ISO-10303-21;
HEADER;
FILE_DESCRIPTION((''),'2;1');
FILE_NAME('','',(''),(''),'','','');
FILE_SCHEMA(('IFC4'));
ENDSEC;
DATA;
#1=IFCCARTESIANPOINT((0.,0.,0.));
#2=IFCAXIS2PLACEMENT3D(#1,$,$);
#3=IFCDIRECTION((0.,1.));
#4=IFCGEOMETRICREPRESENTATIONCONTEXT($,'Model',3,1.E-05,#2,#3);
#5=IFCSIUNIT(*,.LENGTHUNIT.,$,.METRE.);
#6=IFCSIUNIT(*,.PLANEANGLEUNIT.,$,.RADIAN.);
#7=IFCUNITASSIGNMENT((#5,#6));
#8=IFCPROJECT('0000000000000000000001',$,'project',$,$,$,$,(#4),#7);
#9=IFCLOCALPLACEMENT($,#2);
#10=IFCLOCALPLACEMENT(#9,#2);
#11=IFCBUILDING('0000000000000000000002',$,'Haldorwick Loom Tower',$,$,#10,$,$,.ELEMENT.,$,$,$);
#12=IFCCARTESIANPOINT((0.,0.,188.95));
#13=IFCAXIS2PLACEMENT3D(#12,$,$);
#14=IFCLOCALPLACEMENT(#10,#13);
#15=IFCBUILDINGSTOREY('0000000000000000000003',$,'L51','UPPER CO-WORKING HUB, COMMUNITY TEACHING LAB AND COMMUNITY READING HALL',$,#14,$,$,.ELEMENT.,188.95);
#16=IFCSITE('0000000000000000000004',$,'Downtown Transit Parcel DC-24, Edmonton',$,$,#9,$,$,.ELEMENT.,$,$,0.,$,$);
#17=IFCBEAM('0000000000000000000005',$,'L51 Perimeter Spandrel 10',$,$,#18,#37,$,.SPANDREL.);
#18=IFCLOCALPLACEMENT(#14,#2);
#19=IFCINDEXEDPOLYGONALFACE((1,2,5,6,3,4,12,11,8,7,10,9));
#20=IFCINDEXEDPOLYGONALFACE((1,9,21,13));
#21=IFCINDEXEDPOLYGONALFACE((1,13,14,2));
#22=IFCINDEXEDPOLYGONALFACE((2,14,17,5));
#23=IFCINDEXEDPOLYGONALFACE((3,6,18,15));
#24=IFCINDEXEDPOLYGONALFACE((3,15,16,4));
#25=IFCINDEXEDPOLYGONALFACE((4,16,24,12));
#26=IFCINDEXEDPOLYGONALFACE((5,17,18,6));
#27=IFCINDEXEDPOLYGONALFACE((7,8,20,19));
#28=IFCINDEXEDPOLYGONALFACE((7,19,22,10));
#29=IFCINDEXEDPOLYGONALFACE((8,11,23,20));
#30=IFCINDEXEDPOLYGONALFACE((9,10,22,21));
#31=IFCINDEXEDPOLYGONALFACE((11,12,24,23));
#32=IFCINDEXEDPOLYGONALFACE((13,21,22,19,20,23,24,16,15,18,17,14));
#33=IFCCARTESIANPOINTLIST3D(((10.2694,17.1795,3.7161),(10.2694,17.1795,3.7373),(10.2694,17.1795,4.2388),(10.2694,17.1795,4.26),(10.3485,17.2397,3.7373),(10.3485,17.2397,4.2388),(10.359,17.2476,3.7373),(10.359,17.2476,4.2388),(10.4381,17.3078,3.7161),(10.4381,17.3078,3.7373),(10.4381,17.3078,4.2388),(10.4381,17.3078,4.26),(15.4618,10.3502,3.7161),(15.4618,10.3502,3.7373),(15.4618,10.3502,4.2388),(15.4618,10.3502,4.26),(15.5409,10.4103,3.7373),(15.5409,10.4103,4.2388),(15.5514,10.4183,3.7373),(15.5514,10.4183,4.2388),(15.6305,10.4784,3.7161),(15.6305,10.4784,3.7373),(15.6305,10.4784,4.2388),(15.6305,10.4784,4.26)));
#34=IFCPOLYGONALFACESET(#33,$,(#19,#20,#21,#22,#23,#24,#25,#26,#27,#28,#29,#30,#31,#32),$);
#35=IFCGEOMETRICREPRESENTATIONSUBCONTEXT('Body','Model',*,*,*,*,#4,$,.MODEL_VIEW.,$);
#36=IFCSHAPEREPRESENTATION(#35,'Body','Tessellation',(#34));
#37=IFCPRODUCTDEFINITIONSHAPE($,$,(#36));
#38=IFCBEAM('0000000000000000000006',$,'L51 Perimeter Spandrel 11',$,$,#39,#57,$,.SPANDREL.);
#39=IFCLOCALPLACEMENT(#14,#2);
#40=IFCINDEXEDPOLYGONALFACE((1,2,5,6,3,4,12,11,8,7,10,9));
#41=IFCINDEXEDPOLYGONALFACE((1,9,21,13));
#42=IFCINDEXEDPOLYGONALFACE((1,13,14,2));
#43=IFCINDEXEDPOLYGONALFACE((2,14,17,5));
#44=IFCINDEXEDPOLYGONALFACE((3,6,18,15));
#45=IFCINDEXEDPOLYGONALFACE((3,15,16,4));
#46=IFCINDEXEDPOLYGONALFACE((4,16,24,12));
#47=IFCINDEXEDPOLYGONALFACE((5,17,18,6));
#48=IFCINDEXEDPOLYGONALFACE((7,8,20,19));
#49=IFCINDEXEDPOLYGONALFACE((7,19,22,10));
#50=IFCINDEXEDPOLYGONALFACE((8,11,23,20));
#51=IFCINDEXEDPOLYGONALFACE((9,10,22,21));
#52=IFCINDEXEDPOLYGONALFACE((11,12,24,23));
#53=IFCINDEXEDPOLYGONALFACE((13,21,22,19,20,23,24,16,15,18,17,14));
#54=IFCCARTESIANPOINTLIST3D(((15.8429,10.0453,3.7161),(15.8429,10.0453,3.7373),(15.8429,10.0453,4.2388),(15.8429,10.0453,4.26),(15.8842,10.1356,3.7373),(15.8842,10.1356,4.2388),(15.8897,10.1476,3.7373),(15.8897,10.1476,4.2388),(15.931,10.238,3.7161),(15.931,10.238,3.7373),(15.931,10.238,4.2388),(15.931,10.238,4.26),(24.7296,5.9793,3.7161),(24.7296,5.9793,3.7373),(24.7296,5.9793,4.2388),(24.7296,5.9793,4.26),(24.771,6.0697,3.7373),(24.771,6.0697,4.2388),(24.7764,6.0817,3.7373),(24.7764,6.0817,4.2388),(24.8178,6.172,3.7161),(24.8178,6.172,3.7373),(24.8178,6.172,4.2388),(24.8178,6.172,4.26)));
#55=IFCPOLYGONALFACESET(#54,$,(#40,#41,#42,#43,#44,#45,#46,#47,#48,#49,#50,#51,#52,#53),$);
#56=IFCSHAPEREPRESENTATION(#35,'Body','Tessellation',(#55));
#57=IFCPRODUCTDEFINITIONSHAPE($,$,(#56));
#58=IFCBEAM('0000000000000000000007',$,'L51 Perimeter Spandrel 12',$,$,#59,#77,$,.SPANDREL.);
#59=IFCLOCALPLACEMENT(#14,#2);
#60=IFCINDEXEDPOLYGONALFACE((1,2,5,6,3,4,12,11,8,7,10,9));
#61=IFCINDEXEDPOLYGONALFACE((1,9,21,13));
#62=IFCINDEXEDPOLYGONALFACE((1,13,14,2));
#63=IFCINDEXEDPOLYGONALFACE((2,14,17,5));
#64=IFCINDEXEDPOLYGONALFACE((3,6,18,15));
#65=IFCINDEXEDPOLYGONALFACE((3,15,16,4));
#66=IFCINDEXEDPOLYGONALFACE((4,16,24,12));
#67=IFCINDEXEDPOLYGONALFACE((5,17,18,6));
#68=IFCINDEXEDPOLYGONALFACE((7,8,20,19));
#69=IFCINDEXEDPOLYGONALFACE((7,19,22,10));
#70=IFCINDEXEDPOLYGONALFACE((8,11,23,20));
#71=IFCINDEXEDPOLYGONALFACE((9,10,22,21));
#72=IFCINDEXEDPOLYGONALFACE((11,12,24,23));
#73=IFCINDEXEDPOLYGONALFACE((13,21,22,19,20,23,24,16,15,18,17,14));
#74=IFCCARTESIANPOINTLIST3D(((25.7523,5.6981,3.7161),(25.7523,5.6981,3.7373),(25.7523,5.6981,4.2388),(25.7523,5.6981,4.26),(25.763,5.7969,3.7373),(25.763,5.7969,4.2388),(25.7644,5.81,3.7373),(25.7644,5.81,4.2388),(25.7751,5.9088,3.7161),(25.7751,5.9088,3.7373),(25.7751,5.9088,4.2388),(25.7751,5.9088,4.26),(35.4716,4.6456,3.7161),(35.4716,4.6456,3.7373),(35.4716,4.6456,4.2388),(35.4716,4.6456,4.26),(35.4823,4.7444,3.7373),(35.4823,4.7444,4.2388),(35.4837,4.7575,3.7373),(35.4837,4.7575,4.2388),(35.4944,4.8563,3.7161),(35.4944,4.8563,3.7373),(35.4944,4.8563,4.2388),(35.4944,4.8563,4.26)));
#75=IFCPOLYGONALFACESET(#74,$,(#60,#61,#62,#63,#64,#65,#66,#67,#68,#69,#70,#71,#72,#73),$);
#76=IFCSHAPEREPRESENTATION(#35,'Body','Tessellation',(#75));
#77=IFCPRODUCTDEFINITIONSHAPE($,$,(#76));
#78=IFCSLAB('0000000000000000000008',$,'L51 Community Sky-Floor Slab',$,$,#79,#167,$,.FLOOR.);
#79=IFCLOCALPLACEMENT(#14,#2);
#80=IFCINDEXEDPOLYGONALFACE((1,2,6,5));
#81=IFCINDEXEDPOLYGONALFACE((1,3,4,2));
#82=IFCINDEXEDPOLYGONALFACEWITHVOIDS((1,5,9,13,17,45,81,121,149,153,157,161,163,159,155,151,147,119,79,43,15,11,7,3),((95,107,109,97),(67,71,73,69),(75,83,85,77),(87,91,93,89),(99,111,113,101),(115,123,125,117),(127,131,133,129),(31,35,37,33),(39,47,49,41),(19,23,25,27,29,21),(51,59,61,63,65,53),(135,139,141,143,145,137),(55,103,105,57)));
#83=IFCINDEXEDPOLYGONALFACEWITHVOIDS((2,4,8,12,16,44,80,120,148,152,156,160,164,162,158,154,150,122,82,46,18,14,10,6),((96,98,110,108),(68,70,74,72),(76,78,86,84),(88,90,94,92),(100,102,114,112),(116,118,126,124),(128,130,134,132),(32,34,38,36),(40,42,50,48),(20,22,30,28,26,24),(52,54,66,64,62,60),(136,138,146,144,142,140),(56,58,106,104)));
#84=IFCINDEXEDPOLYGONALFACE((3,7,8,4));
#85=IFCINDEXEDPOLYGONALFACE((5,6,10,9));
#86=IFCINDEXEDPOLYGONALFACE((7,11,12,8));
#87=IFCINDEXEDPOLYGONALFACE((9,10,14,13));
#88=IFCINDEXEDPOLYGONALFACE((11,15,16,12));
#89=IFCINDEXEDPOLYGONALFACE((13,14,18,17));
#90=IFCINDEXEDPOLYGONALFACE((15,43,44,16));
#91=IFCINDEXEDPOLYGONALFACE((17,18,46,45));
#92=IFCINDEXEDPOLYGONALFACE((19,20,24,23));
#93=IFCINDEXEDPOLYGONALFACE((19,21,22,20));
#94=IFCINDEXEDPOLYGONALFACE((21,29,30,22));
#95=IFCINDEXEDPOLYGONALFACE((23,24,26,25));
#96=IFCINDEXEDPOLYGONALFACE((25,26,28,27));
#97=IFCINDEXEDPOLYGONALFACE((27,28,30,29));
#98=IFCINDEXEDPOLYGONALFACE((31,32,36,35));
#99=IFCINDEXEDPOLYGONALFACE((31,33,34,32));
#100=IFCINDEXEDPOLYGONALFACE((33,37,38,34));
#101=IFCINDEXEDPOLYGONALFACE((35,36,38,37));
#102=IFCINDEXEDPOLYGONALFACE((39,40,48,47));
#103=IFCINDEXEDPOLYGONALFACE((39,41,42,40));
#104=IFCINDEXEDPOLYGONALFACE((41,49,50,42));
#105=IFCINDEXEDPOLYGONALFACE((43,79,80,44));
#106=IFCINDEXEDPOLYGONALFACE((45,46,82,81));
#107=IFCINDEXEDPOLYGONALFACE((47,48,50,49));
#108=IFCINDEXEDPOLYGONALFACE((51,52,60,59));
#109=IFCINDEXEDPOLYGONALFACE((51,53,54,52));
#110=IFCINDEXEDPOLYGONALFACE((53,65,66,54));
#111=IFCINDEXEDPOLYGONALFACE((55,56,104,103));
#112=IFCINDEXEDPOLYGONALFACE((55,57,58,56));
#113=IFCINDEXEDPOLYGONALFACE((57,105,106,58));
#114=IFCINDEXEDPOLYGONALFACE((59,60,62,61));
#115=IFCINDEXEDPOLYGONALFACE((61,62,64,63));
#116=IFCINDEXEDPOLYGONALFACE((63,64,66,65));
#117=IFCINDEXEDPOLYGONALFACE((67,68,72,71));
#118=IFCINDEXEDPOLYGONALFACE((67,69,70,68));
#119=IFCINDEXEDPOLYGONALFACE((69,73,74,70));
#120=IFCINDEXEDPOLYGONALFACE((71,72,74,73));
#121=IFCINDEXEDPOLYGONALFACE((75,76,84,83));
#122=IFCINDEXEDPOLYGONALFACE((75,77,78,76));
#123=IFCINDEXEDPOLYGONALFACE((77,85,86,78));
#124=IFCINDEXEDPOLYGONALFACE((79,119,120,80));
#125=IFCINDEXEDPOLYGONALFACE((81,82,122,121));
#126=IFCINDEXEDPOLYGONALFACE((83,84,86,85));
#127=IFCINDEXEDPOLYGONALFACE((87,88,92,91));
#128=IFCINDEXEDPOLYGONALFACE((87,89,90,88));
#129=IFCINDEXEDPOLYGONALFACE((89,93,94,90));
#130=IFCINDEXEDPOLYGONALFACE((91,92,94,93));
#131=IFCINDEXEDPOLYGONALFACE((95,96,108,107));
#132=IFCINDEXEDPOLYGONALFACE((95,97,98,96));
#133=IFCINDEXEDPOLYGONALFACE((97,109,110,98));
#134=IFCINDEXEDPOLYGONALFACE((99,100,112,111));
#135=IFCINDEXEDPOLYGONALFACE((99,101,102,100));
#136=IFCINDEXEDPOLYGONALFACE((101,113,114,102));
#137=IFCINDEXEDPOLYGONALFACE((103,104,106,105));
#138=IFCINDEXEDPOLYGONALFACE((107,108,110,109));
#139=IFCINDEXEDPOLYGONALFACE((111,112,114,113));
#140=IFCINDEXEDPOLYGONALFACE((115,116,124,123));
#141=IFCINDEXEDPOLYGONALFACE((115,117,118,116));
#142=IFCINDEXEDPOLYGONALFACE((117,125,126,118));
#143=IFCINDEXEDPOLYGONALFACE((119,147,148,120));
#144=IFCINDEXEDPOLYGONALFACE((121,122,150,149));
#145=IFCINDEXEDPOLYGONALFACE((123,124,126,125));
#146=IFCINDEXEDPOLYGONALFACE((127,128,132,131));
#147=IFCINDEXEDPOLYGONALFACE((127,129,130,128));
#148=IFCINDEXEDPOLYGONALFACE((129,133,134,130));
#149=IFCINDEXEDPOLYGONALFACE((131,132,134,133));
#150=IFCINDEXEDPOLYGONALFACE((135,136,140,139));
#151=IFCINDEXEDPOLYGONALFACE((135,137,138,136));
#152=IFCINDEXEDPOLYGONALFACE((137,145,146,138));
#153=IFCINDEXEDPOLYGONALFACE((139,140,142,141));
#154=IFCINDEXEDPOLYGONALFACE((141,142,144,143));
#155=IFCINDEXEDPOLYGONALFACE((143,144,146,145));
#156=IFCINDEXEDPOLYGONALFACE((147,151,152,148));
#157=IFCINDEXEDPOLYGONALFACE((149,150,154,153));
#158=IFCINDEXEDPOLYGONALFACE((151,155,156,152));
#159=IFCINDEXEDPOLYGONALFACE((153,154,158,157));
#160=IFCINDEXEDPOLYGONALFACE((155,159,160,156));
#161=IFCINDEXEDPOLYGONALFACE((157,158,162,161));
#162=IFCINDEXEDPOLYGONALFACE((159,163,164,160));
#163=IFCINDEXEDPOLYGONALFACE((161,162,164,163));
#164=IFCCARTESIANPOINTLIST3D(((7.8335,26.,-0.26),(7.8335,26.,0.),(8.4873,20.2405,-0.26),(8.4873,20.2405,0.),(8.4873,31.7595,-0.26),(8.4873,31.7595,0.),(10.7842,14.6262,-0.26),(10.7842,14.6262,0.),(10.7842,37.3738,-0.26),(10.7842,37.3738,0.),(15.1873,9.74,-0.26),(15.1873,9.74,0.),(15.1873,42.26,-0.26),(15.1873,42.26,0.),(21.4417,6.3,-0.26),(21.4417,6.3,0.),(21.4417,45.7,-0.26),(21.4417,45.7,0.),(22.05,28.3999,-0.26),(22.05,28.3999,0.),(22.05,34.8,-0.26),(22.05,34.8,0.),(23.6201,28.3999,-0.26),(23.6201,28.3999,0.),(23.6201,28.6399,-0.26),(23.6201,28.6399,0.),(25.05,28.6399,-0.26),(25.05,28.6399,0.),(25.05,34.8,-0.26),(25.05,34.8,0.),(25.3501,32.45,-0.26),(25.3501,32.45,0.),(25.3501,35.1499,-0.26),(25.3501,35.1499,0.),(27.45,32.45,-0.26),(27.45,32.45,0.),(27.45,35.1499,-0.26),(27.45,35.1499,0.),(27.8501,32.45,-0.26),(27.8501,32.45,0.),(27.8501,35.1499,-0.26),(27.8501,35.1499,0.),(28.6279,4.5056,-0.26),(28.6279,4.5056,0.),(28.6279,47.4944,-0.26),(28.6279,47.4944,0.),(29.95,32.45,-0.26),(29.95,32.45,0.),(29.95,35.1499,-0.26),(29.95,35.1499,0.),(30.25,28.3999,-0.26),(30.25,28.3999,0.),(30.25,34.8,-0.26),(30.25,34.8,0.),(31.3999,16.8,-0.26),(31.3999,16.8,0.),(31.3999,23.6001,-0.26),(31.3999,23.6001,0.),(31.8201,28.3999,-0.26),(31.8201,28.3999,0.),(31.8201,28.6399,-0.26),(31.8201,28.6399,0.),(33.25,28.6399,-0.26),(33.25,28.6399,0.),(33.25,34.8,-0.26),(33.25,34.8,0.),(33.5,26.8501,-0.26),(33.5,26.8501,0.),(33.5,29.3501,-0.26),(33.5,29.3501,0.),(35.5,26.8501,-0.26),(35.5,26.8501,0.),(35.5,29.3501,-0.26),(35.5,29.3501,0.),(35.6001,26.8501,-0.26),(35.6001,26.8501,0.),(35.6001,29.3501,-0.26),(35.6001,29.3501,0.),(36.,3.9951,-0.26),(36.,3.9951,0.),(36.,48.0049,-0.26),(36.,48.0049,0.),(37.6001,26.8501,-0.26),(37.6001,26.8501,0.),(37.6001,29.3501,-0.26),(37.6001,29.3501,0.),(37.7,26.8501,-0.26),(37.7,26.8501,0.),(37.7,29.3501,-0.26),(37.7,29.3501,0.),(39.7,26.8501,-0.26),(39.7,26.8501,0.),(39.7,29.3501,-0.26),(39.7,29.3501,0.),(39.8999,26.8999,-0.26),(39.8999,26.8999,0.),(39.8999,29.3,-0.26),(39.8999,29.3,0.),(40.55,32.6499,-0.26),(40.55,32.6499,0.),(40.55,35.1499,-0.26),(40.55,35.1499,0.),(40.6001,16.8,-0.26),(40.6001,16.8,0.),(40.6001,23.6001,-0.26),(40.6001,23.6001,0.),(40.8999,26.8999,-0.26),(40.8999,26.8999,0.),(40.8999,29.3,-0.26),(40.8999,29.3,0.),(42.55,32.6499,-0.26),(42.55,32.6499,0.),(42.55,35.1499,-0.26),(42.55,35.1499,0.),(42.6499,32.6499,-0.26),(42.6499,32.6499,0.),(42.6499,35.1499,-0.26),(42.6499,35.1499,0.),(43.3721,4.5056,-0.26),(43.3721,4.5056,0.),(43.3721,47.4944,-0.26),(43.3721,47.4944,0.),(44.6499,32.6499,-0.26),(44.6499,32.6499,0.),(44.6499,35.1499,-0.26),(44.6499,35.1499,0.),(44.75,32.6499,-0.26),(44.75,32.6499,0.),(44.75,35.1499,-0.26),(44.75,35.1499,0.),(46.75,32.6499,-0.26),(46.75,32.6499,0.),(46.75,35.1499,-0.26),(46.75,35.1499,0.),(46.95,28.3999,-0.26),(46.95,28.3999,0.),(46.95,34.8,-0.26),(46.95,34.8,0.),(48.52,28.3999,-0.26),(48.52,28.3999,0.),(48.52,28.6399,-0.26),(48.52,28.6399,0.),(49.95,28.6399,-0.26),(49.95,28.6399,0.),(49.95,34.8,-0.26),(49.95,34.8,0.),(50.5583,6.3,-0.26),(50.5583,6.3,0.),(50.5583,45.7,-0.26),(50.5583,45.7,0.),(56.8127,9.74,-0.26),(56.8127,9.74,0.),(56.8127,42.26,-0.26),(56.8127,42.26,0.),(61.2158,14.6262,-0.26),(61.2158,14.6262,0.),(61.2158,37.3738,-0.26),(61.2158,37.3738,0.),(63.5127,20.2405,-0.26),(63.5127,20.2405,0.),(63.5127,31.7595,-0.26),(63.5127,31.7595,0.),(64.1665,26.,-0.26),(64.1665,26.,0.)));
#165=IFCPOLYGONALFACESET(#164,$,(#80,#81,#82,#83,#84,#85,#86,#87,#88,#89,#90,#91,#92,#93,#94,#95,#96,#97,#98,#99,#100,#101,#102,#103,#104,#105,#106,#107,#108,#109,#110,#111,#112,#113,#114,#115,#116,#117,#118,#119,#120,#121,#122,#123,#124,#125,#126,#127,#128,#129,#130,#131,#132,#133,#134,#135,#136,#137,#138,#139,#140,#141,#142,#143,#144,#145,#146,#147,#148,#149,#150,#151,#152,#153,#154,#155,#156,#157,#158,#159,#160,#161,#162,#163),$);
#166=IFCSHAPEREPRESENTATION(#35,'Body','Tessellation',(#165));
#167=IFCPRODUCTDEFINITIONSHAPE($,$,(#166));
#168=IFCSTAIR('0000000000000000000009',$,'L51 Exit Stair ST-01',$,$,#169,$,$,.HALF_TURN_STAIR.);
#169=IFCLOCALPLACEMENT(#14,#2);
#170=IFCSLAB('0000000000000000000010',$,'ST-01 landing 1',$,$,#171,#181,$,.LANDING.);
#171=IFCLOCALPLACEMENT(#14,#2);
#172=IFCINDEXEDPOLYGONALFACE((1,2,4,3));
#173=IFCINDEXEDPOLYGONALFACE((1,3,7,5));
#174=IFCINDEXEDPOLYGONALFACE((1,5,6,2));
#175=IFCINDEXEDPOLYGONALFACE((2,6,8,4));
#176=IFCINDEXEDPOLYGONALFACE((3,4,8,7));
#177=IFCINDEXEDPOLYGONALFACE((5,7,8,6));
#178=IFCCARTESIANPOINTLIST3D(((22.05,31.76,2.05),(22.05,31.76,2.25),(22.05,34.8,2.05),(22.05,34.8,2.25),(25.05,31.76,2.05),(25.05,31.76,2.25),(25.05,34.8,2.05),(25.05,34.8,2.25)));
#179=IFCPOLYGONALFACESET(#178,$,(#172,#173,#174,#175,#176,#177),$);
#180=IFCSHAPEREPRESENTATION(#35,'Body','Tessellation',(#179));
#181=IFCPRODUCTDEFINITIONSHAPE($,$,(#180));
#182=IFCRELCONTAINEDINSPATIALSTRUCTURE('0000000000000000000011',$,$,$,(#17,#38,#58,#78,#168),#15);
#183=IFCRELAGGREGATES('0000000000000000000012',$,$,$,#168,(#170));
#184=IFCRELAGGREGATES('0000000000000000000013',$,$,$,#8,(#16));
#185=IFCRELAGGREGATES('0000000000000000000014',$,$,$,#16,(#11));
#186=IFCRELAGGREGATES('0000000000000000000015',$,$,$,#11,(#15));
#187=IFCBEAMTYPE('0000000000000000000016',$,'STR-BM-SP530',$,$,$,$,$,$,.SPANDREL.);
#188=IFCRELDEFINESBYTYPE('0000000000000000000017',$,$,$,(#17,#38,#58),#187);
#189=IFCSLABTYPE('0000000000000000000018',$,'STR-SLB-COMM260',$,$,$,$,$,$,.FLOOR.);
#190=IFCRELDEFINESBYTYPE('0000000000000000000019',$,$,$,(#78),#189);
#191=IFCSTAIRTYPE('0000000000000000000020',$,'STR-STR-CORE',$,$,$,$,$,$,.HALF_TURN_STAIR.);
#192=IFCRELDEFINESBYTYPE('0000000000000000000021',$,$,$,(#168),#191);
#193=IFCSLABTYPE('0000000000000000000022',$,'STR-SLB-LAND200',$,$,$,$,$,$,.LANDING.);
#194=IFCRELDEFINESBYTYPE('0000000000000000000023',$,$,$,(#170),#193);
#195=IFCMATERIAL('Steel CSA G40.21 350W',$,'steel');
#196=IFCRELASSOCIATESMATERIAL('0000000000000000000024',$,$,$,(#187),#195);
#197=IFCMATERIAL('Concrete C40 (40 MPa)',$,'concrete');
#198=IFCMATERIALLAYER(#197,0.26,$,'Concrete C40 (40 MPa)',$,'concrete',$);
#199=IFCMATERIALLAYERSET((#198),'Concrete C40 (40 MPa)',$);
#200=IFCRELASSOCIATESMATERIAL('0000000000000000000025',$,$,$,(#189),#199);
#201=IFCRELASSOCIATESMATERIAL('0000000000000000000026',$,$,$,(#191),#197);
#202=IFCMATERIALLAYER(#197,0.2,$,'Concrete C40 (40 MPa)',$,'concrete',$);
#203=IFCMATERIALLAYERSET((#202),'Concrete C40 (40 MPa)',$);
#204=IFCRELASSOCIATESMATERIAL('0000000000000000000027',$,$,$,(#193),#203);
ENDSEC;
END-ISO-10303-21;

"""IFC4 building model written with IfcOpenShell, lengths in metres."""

from ifc_helpers import new_model, si_unit, direction, frame, origin, origin_2d, place, context, subcontext, project, spatial, polyline, i_section, outline, extrude, material, layer, layer_set, material_profile, profile_set, type_object, element, aggregate, save


model = new_model("IFC4")

# Units and contexts
model_context = context("Model", 3, precision=1e-05, world=origin(), true_north=direction((0.0, 1.0)))
body_context = subcontext(model_context, "Body", "Model", "MODEL_VIEW")
ifc_project = project(units=[si_unit("LENGTHUNIT", "METRE"), si_unit("PLANEANGLEUNIT", "RADIAN")], contexts=[model_context])

# Site, building, storey
site_placement = place(None, origin())
site = spatial("IfcSite", under=ifc_project, at=site_placement, Name="Downtown Transit Parcel DC-24, Edmonton", CompositionType="ELEMENT", RefElevation=0.0)
building_placement = place(site_placement, origin())
building = spatial("IfcBuilding", under=site, at=building_placement, Name="Haldorwick Loom Tower", CompositionType="ELEMENT")
storey_placement = place(building_placement, frame((0.0, 0.0, 188.95)))
storey = spatial("IfcBuildingStorey", under=building, at=storey_placement, Name="L51", Description="UPPER CO-WORKING HUB, COMMUNITY TEACHING LAB AND COMMUNITY READING HALL", CompositionType="ELEMENT", Elevation=188.95)

# Beams
ifc_material_1 = material(Name="Steel CSA G40.21 350W", Category="steel")
ifc_material_profile_1 = material_profile(ifc_material_1, i_section(OverallWidth=0.2119, OverallDepth=0.5439, WebThickness=0.0132, FlangeThickness=0.0212, at=origin_2d()), Name="W530X123", Category="steel")
ifc_profile_set_1 = profile_set([ifc_material_profile_1], Name="Steel CSA G40.21 350W")
beam_type_1 = type_object("IfcBeamType", Name="STR-BM-SP530", PredefinedType="SPANDREL", material=ifc_profile_set_1)
beam_1_placement = place(storey_placement, frame((10.3538, 17.2437, 3.988), z_axis=(0.605237, -0.796045, 0.0), x_axis=(0.796045, 0.605237, 0.0)))
element("IfcBeam", 1, at=beam_1_placement, inside=storey, type_object=beam_type_1, Name="L51 Perimeter Spandrel 10", PredefinedType="SPANDREL", context=body_context, shape_type="SweptSolid", body=[
    extrude(i_section(OverallWidth=0.2119, OverallDepth=0.5439, WebThickness=0.0132, FlangeThickness=0.0212, at=origin_2d()), origin(), (0.0, 0.0, 1.0), 8.5791),
])
beam_2_placement = place(storey_placement, frame((15.887, 10.1416, 3.988), z_axis=(0.909342, -0.416049, 0.0), x_axis=(0.416049, 0.909342, 0.0)))
element("IfcBeam", 2, at=beam_2_placement, inside=storey, type_object=beam_type_1, Name="L51 Perimeter Spandrel 11", PredefinedType="SPANDREL", context=body_context, shape_type="SweptSolid", body=[
    extrude(i_section(OverallWidth=0.2119, OverallDepth=0.5439, WebThickness=0.0132, FlangeThickness=0.0212, at=origin_2d()), origin(), (0.0, 0.0, 1.0), 9.7727),
])
beam_3_placement = place(storey_placement, frame((25.7637, 5.8035, 3.988), z_axis=(0.994188, -0.10766, 0.0), x_axis=(0.10766, 0.994188, 0.0)))
element("IfcBeam", 3, at=beam_3_placement, inside=storey, type_object=beam_type_1, Name="L51 Perimeter Spandrel 12", PredefinedType="SPANDREL", context=body_context, shape_type="SweptSolid", body=[
    extrude(i_section(OverallWidth=0.2119, OverallDepth=0.5439, WebThickness=0.0132, FlangeThickness=0.0212, at=origin_2d()), origin(), (0.0, 0.0, 1.0), 9.7761),
])

# Slab
ifc_material_2 = material(Name="Concrete C40 (40 MPa)", Category="concrete")
ifc_layer_1 = layer(ifc_material_2, 0.26, Name="Concrete C40 (40 MPa)", Category="concrete")
ifc_layer_set_1 = layer_set([ifc_layer_1], Name="Concrete C40 (40 MPa)")
slab_type_1 = type_object("IfcSlabType", Name="STR-SLB-COMM260", PredefinedType="FLOOR", material=ifc_layer_set_1)
slab_1_placement = place(storey_placement, frame((0.0, 0.0, -0.26)))
element("IfcSlab", 4, at=slab_1_placement, inside=storey, type_object=slab_type_1, Name="L51 Community Sky-Floor Slab", PredefinedType="FLOOR", context=body_context, shape_type="SweptSolid", body=[
    extrude(outline(polyline([(56.8127, 9.74), (61.2158, 14.6262), (63.5127, 20.2405), (64.1665, 26.0), (63.5127, 31.7595), (61.2158, 37.3738), (56.8127, 42.26), (50.5583, 45.7), (43.3721, 47.4944), (36.0, 48.0049), (28.6279, 47.4944), (21.4417, 45.7), (15.1873, 42.26), (10.7842, 37.3738), (8.4873, 31.7595), (7.8335, 26.0), (8.4873, 20.2405), (10.7842, 14.6262), (15.1873, 9.74), (21.4417, 6.3), (28.6279, 4.5056), (36.0, 3.9951), (43.3721, 4.5056), (50.5583, 6.3), (56.8127, 9.74)]), holes=[polyline([(31.3999, 16.8), (31.3999, 23.6001), (40.6001, 23.6001), (40.6001, 16.8), (31.3999, 16.8)]), polyline([(33.5, 26.8501), (33.5, 29.3501), (35.5, 29.3501), (35.5, 26.8501), (33.5, 26.8501)]), polyline([(35.6001, 26.8501), (35.6001, 29.3501), (37.6001, 29.3501), (37.6001, 26.8501), (35.6001, 26.8501)]), polyline([(23.6201, 28.3999), (22.05, 28.3999), (22.05, 34.8), (25.05, 34.8), (25.05, 28.6399), (23.6201, 28.6399), (23.6201, 28.3999)]), polyline([(30.25, 28.3999), (30.25, 34.8), (33.25, 34.8), (33.25, 28.6399), (31.8201, 28.6399), (31.8201, 28.3999), (30.25, 28.3999)]), polyline([(25.3501, 32.45), (25.3501, 35.1499), (27.45, 35.1499), (27.45, 32.45), (25.3501, 32.45)]), polyline([(29.95, 32.45), (27.8501, 32.45), (27.8501, 35.1499), (29.95, 35.1499), (29.95, 32.45)]), polyline([(37.7, 26.8501), (37.7, 29.3501), (39.7, 29.3501), (39.7, 26.8501), (37.7, 26.8501)]), polyline([(39.8999, 26.8999), (39.8999, 29.3), (40.8999, 29.3), (40.8999, 26.8999), (39.8999, 26.8999)]), polyline([(46.95, 28.3999), (46.95, 34.8), (49.95, 34.8), (49.95, 28.6399), (48.52, 28.6399), (48.52, 28.3999), (46.95, 28.3999)]), polyline([(40.55, 32.6499), (40.55, 35.1499), (42.55, 35.1499), (42.55, 32.6499), (40.55, 32.6499)]), polyline([(42.6499, 32.6499), (42.6499, 35.1499), (44.6499, 35.1499), (44.6499, 32.6499), (42.6499, 32.6499)]), polyline([(44.75, 32.6499), (44.75, 35.1499), (46.75, 35.1499), (46.75, 32.6499), (44.75, 32.6499)])]), origin(), (0.0, 0.0, 1.0), 0.26),
])

# Stair, slab
stair_type = type_object("IfcStairType", Name="STR-STR-CORE", PredefinedType="HALF_TURN_STAIR", material=ifc_material_2)
stair_1_placement = place(storey_placement, origin())
stair_1 = element("IfcStair", 5, at=stair_1_placement, inside=storey, type_object=stair_type, Name="L51 Exit Stair ST-01", PredefinedType="HALF_TURN_STAIR")
ifc_layer_2 = layer(ifc_material_2, 0.2, Name="Concrete C40 (40 MPa)", Category="concrete")
ifc_layer_set_2 = layer_set([ifc_layer_2], Name="Concrete C40 (40 MPa)")
slab_type_2 = type_object("IfcSlabType", Name="STR-SLB-LAND200", PredefinedType="LANDING", material=ifc_layer_set_2)
slab_2_placement = place(storey_placement, frame((0.0, 0.0, 2.05)))
slab_2 = element("IfcSlab", 6, at=slab_2_placement, type_object=slab_type_2, Name="ST-01 landing 1", PredefinedType="LANDING", context=body_context, shape_type="SweptSolid", body=[
    extrude(outline(polyline([(25.05, 31.76), (25.05, 34.8), (22.05, 34.8), (22.05, 31.76), (25.05, 31.76)])), origin(), (0.0, 0.0, 1.0), 0.2),
])
aggregate(stair_1, [slab_2])

save(model, "model.ifc")
